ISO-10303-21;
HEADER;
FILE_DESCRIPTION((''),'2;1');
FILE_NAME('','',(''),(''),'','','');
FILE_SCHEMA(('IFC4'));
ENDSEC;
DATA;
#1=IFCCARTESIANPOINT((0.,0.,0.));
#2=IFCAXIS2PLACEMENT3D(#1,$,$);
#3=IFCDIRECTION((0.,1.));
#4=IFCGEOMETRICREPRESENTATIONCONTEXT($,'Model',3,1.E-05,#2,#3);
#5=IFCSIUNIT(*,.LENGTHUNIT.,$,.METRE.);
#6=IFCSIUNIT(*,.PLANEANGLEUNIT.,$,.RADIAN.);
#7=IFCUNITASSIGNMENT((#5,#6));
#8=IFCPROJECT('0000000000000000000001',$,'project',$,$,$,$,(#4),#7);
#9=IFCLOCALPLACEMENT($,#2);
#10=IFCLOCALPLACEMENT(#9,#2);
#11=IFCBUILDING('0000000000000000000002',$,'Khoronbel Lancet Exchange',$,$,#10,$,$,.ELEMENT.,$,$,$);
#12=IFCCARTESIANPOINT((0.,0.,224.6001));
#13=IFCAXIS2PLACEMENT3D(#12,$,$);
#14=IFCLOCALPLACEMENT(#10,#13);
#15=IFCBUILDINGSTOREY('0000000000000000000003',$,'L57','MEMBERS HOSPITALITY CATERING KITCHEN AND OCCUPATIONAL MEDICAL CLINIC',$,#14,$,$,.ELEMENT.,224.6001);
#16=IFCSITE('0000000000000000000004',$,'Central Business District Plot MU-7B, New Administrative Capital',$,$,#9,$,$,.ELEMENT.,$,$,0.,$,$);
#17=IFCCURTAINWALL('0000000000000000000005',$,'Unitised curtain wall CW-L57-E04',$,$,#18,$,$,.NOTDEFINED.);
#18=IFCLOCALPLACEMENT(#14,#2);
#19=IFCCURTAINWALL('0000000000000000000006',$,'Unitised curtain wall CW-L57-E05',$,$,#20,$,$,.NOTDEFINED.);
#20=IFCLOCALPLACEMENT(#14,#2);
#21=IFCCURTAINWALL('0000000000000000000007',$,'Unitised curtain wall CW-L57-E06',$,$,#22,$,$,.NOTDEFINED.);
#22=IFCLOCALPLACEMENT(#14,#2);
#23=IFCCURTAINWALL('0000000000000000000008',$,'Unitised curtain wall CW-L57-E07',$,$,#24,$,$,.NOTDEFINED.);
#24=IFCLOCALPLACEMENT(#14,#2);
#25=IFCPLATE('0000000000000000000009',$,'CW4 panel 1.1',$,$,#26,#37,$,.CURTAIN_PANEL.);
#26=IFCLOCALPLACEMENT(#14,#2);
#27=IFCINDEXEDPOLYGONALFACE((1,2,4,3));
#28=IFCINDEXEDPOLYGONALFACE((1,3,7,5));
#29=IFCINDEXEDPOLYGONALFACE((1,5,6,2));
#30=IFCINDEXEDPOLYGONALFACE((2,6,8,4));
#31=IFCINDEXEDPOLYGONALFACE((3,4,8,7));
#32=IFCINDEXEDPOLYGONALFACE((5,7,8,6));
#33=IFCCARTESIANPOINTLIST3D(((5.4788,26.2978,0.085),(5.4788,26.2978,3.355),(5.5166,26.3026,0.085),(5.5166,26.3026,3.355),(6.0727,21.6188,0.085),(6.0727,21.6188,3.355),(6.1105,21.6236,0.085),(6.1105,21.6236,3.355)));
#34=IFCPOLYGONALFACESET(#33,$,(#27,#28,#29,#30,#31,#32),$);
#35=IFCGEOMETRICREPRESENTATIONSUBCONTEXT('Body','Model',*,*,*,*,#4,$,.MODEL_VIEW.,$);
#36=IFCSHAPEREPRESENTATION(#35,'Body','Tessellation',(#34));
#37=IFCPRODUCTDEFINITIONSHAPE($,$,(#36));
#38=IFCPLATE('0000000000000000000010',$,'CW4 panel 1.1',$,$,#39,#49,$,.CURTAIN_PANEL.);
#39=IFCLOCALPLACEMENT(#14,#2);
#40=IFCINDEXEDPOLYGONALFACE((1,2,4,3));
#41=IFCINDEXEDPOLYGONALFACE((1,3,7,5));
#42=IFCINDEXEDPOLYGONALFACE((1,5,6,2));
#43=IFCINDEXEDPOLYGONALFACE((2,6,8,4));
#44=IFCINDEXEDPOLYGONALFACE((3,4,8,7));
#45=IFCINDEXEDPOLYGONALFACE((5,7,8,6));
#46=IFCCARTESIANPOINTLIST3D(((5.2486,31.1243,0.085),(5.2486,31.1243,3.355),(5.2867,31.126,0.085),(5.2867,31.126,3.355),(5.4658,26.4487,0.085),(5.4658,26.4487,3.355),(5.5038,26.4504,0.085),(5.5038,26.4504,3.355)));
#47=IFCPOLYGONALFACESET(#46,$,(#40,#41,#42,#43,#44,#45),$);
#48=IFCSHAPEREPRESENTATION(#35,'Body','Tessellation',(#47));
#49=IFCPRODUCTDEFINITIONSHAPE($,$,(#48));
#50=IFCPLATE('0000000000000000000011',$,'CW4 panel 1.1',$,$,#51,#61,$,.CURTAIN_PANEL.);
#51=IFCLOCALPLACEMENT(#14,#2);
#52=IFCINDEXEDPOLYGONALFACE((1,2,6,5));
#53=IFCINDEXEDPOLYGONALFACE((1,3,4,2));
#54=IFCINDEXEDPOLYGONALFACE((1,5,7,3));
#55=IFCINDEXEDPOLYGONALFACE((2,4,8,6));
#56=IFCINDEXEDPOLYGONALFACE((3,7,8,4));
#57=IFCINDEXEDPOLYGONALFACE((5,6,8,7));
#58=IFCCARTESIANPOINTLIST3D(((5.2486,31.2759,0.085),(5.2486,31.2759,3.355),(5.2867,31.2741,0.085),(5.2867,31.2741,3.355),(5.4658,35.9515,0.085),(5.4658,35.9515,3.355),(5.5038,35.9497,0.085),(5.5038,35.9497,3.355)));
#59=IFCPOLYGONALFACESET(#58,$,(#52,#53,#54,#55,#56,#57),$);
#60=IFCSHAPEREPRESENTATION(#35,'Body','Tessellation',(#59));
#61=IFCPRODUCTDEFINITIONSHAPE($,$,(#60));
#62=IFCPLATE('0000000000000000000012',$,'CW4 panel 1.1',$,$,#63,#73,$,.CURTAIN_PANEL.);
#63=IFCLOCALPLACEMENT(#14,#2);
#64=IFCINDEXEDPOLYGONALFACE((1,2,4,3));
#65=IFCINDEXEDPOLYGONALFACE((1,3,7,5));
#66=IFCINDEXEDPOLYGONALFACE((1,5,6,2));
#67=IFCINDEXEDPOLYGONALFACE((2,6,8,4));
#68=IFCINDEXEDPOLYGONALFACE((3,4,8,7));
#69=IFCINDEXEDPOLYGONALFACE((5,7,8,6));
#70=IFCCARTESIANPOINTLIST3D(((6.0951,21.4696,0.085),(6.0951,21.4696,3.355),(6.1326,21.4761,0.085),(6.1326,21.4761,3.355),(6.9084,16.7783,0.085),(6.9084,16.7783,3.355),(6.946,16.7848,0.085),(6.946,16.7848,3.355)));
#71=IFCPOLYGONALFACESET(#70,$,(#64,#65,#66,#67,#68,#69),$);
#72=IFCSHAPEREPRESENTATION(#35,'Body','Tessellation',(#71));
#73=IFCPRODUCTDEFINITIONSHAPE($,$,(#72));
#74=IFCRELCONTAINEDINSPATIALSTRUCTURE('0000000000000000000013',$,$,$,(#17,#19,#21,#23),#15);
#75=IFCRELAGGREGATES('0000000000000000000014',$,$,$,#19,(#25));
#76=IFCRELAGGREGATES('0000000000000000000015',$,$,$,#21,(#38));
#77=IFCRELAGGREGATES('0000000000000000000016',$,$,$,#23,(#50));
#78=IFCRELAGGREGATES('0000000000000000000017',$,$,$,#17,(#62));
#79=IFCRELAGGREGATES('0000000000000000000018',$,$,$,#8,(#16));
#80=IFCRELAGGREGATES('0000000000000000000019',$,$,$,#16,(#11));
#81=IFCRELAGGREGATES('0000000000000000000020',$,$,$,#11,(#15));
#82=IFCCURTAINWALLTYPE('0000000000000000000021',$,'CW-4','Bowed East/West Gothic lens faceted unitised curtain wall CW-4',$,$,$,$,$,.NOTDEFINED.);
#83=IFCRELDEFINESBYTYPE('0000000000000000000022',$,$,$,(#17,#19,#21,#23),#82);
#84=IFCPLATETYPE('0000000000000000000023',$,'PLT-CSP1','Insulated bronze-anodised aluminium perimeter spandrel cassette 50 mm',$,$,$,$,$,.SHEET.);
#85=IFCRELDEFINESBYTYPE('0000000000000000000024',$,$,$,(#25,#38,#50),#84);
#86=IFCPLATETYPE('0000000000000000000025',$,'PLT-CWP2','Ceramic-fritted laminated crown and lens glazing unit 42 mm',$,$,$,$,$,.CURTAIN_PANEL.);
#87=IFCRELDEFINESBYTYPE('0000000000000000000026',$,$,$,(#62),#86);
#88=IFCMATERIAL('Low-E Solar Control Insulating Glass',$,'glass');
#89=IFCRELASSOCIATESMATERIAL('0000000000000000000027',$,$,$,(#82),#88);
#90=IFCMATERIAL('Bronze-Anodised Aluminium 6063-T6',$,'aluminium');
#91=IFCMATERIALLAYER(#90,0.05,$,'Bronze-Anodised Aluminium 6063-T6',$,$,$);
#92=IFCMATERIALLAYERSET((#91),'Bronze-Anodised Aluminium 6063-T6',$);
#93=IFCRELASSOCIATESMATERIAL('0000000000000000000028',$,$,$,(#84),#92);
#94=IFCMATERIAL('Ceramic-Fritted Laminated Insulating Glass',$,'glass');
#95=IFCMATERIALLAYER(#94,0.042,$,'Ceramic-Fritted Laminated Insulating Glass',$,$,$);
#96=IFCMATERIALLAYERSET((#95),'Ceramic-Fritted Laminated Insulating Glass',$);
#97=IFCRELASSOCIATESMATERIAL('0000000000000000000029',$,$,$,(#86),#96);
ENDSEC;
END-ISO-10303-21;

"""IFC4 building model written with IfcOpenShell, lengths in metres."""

from ifc_helpers import new_model, si_unit, direction, frame, origin, origin_2d, place, context, subcontext, project, spatial, rectangle, extrude, material, layer, layer_set, type_object, element, aggregate, save


model = new_model("IFC4")

# Units and contexts
model_context = context("Model", 3, precision=1e-05, world=origin(), true_north=direction((0.0, 1.0)))
body_context = subcontext(model_context, "Body", "Model", "MODEL_VIEW")
ifc_project = project(units=[si_unit("LENGTHUNIT", "METRE"), si_unit("PLANEANGLEUNIT", "RADIAN")], contexts=[model_context])

# Site, building, storey
site_placement = place(None, origin())
site = spatial("IfcSite", under=ifc_project, at=site_placement, Name="Central Business District Plot MU-7B, New Administrative Capital", CompositionType="ELEMENT", RefElevation=0.0)
building_placement = place(site_placement, origin())
building = spatial("IfcBuilding", under=site, at=building_placement, Name="Khoronbel Lancet Exchange", CompositionType="ELEMENT")
storey_placement = place(building_placement, frame((0.0, 0.0, 224.6001)))
storey = spatial("IfcBuildingStorey", under=building, at=storey_placement, Name="L57", Description="MEMBERS HOSPITALITY CATERING KITCHEN AND OCCUPATIONAL MEDICAL CLINIC", CompositionType="ELEMENT", Elevation=224.6001)

# Curtain walls
ifc_material_1 = material(Name="Low-E Solar Control Insulating Glass", Category="glass")
curtain_wall_type = type_object("IfcCurtainWallType", Name="CW-4", Description="Bowed East/West Gothic lens faceted unitised curtain wall CW-4", PredefinedType="NOTDEFINED", material=ifc_material_1)
curtain_wall_1_placement = place(storey_placement, origin())
curtain_wall_1 = element("IfcCurtainWall", 1, at=curtain_wall_1_placement, inside=storey, type_object=curtain_wall_type, Name="Unitised curtain wall CW-L57-E04", PredefinedType="NOTDEFINED")
ifc_material_2 = material(Name="Bronze-Anodised Aluminium 6063-T6", Category="aluminium")
curtain_wall_2_placement = place(storey_placement, origin())
curtain_wall_2 = element("IfcCurtainWall", 2, at=curtain_wall_2_placement, inside=storey, type_object=curtain_wall_type, Name="Unitised curtain wall CW-L57-E05", PredefinedType="NOTDEFINED")
curtain_wall_3_placement = place(storey_placement, origin())
curtain_wall_3 = element("IfcCurtainWall", 3, at=curtain_wall_3_placement, inside=storey, type_object=curtain_wall_type, Name="Unitised curtain wall CW-L57-E06", PredefinedType="NOTDEFINED")

# Curtain wall
curtain_wall_4_placement = place(storey_placement, origin())
curtain_wall_4 = element("IfcCurtainWall", 4, at=curtain_wall_4_placement, inside=storey, type_object=curtain_wall_type, Name="Unitised curtain wall CW-L57-E07", PredefinedType="NOTDEFINED")

# Plates
ifc_layer_1 = layer(ifc_material_2, 0.05, Name="Bronze-Anodised Aluminium 6063-T6")
ifc_layer_set_1 = layer_set([ifc_layer_1], Name="Bronze-Anodised Aluminium 6063-T6")
plate_type_1 = type_object("IfcPlateType", Name="PLT-CSP1", Description="Insulated bronze-anodised aluminium perimeter spandrel cassette 50 mm", PredefinedType="SHEET", material=ifc_layer_set_1)
plate_1_placement = place(storey_placement, frame((5.7947, 23.9607, 0.085), z_axis=(0.0, 0.0, 1.0), x_axis=(-0.125921, 0.99204, 0.0)))
plate_1 = element("IfcPlate", 5, at=plate_1_placement, type_object=plate_type_1, Name="CW4 panel 1.1", PredefinedType="CURTAIN_PANEL", context=body_context, shape_type="SweptSolid", body=[
    extrude(rectangle(XDim=4.7166, YDim=0.0381, at=origin_2d()), origin(), (0.0, 0.0, 1.0), 3.27),
])
aggregate(curtain_wall_2, [plate_1])
plate_2_placement = place(storey_placement, frame((5.3762, 28.7874, 0.085), z_axis=(0.0, 0.0, 1.0), x_axis=(-0.046391, 0.998923, 0.0)))
plate_2 = element("IfcPlate", 6, at=plate_2_placement, type_object=plate_type_1, Name="CW4 panel 1.1", PredefinedType="CURTAIN_PANEL", context=body_context, shape_type="SweptSolid", body=[
    extrude(rectangle(XDim=4.6807, YDim=0.0381, at=origin_2d()), origin(), (0.0, 0.0, 1.0), 3.27),
])
aggregate(curtain_wall_3, [plate_2])
plate_3_placement = place(storey_placement, frame((5.3762, 33.6128, 0.085), z_axis=(0.0, 0.0, 1.0), x_axis=(0.046391, 0.998923, 0.0)))
plate_3 = element("IfcPlate", 7, at=plate_3_placement, type_object=plate_type_1, Name="CW4 panel 1.1", PredefinedType="CURTAIN_PANEL", context=body_context, shape_type="SweptSolid", body=[
    extrude(rectangle(XDim=4.6807, YDim=0.0381, at=origin_2d()), origin(), (0.0, 0.0, 1.0), 3.27),
])
aggregate(curtain_wall_4, [plate_3])
ifc_material_3 = material(Name="Ceramic-Fritted Laminated Insulating Glass", Category="glass")
ifc_layer_2 = layer(ifc_material_3, 0.042, Name="Ceramic-Fritted Laminated Insulating Glass")
ifc_layer_set_2 = layer_set([ifc_layer_2], Name="Ceramic-Fritted Laminated Insulating Glass")
plate_type_2 = type_object("IfcPlateType", Name="PLT-CWP2", Description="Ceramic-fritted laminated crown and lens glazing unit 42 mm", PredefinedType="CURTAIN_PANEL", material=ifc_layer_set_2)
plate_4_placement = place(storey_placement, frame((6.5205, 19.1272, 0.085), z_axis=(0.0, 0.0, 1.0), x_axis=(-0.170834, 0.9853, 0.0)))
plate_4 = element("IfcPlate", 8, at=plate_4_placement, type_object=plate_type_2, Name="CW4 panel 1.1", PredefinedType="CURTAIN_PANEL", context=body_context, shape_type="SweptSolid", body=[
    extrude(rectangle(XDim=4.7612, YDim=0.0381, at=origin_2d()), origin(), (0.0, 0.0, 1.0), 3.27),
])
aggregate(curtain_wall_1, [plate_4])

save(model, "model.ifc")
